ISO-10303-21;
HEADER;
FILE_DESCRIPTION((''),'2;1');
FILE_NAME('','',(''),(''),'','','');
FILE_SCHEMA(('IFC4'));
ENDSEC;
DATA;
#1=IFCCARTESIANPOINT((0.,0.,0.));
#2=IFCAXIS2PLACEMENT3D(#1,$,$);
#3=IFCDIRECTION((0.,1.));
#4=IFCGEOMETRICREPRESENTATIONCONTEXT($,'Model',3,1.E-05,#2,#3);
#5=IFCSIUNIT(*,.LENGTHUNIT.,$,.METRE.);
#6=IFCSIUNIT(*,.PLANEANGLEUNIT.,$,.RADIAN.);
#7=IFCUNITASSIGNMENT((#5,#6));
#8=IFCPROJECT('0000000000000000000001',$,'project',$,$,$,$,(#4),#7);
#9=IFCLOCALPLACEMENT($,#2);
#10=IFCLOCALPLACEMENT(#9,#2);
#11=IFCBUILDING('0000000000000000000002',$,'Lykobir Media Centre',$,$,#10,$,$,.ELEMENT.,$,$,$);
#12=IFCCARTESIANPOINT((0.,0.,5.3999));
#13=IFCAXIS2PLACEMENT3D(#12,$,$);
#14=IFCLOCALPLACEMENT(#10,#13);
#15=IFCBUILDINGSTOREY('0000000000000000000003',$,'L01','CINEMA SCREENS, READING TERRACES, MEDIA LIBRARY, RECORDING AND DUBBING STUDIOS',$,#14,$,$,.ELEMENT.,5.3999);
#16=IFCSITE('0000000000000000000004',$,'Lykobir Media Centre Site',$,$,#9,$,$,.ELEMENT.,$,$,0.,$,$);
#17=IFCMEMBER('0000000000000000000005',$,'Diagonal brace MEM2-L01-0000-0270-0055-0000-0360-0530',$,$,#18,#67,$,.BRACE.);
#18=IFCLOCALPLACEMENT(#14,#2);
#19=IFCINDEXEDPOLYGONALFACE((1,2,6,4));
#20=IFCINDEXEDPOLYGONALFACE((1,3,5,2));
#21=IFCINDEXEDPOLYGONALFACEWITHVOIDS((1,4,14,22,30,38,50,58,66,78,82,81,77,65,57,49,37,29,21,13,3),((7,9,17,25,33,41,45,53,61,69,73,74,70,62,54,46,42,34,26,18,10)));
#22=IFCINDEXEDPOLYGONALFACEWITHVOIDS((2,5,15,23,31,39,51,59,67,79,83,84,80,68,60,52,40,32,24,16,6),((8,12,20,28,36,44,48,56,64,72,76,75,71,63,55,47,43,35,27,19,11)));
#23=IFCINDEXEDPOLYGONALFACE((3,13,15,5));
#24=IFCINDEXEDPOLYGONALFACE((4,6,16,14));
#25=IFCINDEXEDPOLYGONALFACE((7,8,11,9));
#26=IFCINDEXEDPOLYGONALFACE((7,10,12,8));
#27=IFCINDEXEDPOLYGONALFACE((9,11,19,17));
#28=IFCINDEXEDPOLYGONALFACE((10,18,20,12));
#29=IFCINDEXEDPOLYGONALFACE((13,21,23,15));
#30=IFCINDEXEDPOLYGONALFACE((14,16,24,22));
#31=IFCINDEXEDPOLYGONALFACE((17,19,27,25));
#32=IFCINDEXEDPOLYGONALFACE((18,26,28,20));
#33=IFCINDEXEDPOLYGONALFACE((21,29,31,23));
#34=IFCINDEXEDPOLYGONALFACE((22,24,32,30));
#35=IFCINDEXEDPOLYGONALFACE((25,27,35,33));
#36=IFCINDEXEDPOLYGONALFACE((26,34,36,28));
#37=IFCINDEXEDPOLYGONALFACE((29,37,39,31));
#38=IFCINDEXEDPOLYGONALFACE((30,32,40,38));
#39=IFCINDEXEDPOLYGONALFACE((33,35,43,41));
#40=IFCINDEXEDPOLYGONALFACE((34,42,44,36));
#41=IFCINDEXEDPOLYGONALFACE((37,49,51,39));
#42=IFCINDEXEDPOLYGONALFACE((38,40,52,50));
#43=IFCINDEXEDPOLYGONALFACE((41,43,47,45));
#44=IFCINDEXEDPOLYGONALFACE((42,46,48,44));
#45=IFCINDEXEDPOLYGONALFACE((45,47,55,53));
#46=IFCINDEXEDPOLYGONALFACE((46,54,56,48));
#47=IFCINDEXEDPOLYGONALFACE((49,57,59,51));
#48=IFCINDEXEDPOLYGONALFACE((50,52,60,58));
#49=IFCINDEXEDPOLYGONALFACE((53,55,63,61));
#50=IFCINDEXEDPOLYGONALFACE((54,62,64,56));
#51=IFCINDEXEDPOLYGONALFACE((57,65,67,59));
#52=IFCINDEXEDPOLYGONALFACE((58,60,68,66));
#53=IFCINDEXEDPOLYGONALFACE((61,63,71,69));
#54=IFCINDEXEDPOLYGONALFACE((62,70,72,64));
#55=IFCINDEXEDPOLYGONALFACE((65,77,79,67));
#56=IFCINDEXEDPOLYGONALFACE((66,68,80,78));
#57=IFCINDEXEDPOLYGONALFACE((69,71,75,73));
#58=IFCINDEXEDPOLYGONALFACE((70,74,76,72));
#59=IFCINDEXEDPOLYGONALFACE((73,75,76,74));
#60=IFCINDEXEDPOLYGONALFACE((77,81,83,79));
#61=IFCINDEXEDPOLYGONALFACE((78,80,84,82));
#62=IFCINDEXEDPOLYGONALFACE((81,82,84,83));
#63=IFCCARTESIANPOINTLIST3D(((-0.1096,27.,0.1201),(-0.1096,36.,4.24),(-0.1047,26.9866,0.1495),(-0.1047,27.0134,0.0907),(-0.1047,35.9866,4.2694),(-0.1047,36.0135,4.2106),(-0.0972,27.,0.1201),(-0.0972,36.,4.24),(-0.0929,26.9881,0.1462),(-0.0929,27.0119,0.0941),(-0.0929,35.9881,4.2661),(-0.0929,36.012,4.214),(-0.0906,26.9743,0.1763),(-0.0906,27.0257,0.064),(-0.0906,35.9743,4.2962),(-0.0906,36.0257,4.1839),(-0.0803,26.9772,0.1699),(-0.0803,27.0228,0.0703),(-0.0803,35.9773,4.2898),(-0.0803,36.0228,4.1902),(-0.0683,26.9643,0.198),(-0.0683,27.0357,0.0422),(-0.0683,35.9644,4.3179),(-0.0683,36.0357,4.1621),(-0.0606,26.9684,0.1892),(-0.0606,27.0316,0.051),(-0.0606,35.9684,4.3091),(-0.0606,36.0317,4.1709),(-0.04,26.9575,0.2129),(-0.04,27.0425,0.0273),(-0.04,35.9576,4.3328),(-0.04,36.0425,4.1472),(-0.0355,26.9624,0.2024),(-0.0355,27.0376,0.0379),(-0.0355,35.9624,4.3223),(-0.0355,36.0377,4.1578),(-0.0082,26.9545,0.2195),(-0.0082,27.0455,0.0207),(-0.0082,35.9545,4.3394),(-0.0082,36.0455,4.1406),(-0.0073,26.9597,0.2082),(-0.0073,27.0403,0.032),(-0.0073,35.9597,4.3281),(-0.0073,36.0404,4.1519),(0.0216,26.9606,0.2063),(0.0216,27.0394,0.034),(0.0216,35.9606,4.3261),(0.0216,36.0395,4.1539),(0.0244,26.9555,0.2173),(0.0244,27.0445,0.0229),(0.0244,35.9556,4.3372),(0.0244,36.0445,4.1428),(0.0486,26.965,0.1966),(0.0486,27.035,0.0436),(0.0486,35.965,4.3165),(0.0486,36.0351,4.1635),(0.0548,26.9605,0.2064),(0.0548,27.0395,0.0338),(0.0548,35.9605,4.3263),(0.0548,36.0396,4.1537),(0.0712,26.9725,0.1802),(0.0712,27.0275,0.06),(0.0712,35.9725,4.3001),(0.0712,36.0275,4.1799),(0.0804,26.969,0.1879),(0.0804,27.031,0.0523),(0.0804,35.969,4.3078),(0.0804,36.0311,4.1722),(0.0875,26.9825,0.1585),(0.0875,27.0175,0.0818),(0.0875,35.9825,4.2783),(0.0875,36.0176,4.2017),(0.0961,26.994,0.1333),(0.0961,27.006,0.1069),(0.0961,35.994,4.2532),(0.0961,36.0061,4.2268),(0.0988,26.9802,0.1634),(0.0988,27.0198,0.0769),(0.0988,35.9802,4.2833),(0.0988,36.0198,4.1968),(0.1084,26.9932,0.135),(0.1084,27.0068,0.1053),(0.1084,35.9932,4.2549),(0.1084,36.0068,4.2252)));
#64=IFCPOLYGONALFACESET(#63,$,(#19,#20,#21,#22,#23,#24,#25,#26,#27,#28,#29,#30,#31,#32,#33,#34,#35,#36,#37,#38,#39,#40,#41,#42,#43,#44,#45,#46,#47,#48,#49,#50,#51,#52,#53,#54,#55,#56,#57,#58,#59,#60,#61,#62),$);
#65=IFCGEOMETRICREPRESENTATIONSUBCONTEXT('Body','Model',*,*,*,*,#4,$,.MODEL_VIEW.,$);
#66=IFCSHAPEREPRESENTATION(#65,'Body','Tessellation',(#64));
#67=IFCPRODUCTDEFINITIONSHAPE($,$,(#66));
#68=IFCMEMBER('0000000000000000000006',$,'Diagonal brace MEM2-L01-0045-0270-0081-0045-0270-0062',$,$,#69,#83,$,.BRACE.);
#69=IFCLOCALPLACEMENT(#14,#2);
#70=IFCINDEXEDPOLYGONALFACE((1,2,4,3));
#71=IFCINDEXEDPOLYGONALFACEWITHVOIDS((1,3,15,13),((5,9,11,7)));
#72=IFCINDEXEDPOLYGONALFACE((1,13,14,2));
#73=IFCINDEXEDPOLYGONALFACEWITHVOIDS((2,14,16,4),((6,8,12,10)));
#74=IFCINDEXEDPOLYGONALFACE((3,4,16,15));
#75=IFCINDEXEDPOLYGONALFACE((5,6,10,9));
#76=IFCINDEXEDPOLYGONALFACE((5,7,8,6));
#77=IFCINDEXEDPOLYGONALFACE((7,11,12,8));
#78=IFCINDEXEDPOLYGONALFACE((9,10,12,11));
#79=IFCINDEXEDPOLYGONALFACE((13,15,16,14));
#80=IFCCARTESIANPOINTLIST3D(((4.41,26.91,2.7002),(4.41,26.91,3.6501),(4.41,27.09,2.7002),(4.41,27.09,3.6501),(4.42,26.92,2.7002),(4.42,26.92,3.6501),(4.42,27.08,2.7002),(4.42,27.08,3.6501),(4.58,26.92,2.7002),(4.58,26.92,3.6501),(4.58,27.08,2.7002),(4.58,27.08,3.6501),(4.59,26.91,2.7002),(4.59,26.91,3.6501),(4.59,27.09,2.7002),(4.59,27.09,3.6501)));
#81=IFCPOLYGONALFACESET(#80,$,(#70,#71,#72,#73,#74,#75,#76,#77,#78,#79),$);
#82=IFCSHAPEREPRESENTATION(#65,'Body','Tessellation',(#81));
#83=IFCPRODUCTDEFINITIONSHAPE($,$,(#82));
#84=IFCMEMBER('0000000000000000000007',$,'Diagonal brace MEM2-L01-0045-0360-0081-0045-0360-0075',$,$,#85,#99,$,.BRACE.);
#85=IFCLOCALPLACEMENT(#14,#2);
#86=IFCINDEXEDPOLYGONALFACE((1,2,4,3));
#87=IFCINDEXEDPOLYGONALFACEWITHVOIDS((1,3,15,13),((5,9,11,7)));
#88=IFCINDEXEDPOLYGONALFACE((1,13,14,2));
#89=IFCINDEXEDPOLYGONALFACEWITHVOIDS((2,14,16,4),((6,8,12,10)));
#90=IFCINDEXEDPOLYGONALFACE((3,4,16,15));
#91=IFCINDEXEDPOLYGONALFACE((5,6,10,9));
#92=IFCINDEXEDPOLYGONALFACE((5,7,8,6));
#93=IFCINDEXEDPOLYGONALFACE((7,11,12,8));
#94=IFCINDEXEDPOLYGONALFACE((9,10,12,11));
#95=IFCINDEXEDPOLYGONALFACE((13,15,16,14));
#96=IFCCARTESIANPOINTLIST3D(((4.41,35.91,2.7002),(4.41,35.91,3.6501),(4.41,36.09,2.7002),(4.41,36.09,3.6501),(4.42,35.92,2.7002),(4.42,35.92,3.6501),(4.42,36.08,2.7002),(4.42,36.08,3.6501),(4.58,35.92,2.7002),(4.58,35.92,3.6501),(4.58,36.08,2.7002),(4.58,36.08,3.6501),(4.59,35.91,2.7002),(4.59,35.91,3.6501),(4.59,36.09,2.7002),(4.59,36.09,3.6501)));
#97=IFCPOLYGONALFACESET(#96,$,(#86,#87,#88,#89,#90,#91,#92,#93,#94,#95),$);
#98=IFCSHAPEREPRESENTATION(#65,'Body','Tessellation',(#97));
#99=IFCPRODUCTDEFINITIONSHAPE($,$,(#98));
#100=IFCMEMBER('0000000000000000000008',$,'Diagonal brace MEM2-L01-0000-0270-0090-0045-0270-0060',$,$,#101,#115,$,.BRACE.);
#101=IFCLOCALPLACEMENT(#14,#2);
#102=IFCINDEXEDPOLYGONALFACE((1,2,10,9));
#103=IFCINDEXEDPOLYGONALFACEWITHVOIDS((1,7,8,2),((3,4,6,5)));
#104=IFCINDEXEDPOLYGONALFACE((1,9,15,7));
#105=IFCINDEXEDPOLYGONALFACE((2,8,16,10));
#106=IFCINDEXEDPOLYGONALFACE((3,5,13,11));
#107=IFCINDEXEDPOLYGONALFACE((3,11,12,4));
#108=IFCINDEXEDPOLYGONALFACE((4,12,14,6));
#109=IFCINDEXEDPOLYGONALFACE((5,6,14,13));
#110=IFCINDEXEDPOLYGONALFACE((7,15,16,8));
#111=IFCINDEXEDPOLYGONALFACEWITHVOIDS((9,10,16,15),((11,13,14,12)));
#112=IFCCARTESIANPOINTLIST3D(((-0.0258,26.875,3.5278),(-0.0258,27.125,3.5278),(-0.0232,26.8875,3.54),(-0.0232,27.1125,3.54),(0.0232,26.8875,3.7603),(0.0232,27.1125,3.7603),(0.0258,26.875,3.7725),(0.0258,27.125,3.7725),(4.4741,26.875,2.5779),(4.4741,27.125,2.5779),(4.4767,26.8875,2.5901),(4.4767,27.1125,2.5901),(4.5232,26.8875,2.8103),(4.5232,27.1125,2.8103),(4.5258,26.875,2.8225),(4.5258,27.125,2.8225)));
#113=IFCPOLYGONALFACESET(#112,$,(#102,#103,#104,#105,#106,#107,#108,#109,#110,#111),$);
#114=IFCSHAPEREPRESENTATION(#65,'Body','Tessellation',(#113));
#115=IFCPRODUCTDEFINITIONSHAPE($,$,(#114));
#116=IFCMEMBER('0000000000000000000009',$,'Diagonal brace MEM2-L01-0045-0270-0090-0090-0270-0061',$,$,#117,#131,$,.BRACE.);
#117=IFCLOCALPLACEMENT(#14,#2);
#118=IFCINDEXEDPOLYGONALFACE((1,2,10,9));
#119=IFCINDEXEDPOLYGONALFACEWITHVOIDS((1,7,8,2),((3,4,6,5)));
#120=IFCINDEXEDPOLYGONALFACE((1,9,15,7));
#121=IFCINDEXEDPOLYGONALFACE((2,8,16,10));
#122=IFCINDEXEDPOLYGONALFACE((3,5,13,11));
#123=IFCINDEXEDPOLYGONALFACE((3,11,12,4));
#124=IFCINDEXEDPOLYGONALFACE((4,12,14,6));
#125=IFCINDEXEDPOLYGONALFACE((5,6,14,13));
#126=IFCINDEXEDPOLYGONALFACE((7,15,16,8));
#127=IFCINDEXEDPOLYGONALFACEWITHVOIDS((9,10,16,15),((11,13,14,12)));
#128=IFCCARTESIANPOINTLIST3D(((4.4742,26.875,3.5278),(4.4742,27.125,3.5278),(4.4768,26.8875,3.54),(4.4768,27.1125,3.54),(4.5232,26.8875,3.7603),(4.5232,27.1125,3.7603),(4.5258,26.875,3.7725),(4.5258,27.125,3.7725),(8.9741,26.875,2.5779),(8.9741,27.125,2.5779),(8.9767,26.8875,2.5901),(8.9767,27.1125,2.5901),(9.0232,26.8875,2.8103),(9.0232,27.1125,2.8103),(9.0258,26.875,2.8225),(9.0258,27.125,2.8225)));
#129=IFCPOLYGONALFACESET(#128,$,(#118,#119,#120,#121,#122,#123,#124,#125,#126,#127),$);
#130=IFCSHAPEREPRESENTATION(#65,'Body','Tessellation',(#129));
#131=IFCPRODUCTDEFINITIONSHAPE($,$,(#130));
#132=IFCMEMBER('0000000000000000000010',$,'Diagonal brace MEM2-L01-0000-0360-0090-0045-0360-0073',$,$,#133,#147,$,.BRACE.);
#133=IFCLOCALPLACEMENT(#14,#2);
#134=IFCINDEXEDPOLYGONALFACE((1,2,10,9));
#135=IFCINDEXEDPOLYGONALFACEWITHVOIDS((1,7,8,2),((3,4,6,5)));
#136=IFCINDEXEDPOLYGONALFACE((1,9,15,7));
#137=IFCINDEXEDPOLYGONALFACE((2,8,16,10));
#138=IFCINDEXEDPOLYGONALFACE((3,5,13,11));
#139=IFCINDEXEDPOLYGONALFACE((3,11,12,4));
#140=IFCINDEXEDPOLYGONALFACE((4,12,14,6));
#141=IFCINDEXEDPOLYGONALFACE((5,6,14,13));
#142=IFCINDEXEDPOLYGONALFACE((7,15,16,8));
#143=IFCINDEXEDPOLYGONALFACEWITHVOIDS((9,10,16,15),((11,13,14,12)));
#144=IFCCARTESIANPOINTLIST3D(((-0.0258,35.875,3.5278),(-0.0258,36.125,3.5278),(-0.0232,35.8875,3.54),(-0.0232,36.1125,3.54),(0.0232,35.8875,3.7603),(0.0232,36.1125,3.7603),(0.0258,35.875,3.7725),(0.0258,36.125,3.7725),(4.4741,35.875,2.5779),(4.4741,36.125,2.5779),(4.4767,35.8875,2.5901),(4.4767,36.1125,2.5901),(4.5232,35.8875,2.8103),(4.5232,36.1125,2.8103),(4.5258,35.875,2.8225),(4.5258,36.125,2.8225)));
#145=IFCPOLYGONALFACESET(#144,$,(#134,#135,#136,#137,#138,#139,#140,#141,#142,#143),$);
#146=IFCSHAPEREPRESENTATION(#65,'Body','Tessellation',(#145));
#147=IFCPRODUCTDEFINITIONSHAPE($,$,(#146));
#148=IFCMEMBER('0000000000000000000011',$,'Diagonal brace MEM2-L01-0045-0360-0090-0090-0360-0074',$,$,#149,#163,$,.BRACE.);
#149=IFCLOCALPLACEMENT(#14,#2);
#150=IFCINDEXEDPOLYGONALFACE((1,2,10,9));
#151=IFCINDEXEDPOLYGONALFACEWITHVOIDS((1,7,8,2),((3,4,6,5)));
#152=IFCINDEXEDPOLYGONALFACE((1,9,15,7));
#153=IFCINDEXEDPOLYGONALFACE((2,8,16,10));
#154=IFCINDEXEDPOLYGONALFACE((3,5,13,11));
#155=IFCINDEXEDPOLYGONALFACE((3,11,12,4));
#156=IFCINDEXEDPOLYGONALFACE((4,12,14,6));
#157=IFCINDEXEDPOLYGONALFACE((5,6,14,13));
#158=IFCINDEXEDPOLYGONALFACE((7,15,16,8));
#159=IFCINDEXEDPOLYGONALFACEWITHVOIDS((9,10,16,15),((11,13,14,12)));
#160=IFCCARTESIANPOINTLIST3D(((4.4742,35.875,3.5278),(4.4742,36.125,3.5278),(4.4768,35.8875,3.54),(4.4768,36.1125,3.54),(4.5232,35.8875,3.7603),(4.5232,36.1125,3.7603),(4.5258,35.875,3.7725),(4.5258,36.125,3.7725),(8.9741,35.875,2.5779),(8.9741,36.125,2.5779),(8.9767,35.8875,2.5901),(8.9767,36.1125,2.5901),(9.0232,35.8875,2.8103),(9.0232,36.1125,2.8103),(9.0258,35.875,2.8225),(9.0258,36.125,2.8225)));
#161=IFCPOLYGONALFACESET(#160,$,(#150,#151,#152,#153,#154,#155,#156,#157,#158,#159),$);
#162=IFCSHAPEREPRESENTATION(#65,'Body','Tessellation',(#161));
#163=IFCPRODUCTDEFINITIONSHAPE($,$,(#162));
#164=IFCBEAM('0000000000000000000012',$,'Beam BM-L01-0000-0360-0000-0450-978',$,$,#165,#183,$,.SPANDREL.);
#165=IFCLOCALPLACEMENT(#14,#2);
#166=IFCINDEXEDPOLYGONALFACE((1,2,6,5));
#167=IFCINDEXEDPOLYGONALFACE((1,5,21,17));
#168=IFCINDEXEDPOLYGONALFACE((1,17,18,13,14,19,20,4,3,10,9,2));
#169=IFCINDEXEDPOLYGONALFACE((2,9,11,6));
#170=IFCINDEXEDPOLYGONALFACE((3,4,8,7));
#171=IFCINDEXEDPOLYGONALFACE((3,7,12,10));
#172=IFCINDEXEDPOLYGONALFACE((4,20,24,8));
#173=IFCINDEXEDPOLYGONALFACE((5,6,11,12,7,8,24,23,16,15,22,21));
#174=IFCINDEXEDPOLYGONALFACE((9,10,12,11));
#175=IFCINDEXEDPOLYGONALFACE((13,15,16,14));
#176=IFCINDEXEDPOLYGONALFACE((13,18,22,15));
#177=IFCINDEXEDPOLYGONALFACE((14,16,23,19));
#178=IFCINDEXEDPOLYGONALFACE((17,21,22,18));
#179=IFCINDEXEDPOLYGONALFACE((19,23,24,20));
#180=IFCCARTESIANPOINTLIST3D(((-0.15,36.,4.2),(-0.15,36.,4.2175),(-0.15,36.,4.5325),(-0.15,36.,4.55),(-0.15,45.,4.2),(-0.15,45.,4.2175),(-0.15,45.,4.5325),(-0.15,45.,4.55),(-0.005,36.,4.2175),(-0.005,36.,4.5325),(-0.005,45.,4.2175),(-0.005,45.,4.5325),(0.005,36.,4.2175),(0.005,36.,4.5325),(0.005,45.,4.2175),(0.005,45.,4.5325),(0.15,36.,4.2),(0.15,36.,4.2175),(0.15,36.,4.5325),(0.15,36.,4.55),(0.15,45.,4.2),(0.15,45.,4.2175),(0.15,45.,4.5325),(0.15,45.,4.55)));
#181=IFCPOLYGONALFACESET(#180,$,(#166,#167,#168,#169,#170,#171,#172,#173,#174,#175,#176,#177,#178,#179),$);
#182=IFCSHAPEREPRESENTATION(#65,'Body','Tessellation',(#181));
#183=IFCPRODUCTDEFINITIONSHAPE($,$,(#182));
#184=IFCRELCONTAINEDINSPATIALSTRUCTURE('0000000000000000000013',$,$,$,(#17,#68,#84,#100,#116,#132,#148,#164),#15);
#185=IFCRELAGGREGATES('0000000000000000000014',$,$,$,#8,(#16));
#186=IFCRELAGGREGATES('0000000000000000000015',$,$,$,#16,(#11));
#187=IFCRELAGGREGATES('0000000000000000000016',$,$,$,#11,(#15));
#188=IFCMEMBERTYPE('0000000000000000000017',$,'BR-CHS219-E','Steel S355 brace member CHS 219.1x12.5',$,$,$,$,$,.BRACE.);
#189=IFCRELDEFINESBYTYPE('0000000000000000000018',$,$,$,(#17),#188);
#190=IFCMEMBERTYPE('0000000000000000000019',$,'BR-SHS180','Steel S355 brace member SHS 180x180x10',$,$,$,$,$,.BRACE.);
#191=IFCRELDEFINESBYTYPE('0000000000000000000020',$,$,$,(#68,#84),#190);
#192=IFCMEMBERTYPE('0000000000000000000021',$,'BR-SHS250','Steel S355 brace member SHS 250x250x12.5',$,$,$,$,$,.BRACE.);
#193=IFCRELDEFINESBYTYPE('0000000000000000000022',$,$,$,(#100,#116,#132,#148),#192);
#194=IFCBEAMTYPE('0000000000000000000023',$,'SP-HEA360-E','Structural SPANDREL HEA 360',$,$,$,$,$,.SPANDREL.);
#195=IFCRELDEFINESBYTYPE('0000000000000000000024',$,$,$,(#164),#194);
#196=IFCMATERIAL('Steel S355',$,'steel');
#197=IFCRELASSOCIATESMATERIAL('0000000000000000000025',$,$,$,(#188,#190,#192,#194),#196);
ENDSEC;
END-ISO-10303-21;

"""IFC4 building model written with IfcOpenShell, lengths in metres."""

from ifc_helpers import new_model, si_unit, direction, frame, origin, origin_2d, place, context, subcontext, project, spatial, hollow_rectangle, hollow_circle, i_section, extrude, material, material_profile, profile_set, type_object, element, save


model = new_model("IFC4")

# Units and contexts
model_context = context("Model", 3, precision=1e-05, world=origin(), true_north=direction((0.0, 1.0)))
body_context = subcontext(model_context, "Body", "Model", "MODEL_VIEW")
ifc_project = project(units=[si_unit("LENGTHUNIT", "METRE"), si_unit("PLANEANGLEUNIT", "RADIAN")], contexts=[model_context])

# Site, building, storey
site_placement = place(None, origin())
site = spatial("IfcSite", under=ifc_project, at=site_placement, Name="Lykobir Media Centre Site", CompositionType="ELEMENT", RefElevation=0.0)
building_placement = place(site_placement, origin())
building = spatial("IfcBuilding", under=site, at=building_placement, Name="Lykobir Media Centre", CompositionType="ELEMENT")
storey_placement = place(building_placement, frame((0.0, 0.0, 5.3999)))
storey = spatial("IfcBuildingStorey", under=building, at=storey_placement, Name="L01", Description="CINEMA SCREENS, READING TERRACES, MEDIA LIBRARY, RECORDING AND DUBBING STUDIOS", CompositionType="ELEMENT", Elevation=5.3999)

# Shared definitions
ifc_material_1 = material(Name="Steel S355", Category="steel")

# Members
ifc_material_profile_1 = material_profile(ifc_material_1, hollow_circle(Radius=0.1096, WallThickness=0.0125, at=origin_2d()), Name="CHS 219.1x12.5")
ifc_profile_set_1 = profile_set([ifc_material_profile_1], Name="Steel S355")
member_type_1 = type_object("IfcMemberType", Name="BR-CHS219-E", Description="Steel S355 brace member CHS 219.1x12.5", PredefinedType="BRACE", material=ifc_profile_set_1)
member_1_placement = place(storey_placement, frame((0.0, 27.0, 0.1201), z_axis=(0.0, 0.909261, 0.416227), x_axis=(-1.0, 0.0, 0.0)))
element("IfcMember", 1, at=member_1_placement, inside=storey, type_object=member_type_1, Name="Diagonal brace MEM2-L01-0000-0270-0055-0000-0360-0530", PredefinedType="BRACE", context=body_context, shape_type="SweptSolid", body=[
    extrude(hollow_circle(Radius=0.1096, WallThickness=0.0125, at=origin_2d()), origin(), (0.0, 0.0, 1.0), 9.8982),
])
ifc_material_profile_2 = material_profile(ifc_material_1, hollow_rectangle(XDim=0.1799, YDim=0.1799, WallThickness=0.01, at=origin_2d()), Name="SHS 180x180x10")
ifc_profile_set_2 = profile_set([ifc_material_profile_2], Name="Steel S355")
member_type_2 = type_object("IfcMemberType", Name="BR-SHS180", Description="Steel S355 brace member SHS 180x180x10", PredefinedType="BRACE", material=ifc_profile_set_2)
for number, where, z_axis, x_axis, name in (
    (2, (4.5, 27.0, 2.7002), (0.0, 0.0, 1.0), (1.0, 0.0, 0.0), "Diagonal brace MEM2-L01-0045-0270-0081-0045-0270-0062"),
    (3, (4.5, 36.0, 2.7002), (0.0, 0.0, 1.0), (1.0, 0.0, 0.0), "Diagonal brace MEM2-L01-0045-0360-0081-0045-0360-0075"),
):
    element("IfcMember", number, at=place(storey_placement, frame(where, z_axis=z_axis, x_axis=x_axis)), inside=storey, type_object=member_type_2, Name=name, PredefinedType="BRACE", context=body_context, shape_type="SweptSolid", body=[
        extrude(hollow_rectangle(XDim=0.1799, YDim=0.1799, WallThickness=0.01, at=origin_2d()), origin(), (0.0, 0.0, 1.0), 0.95),
    ])
ifc_material_profile_3 = material_profile(ifc_material_1, hollow_rectangle(XDim=0.25, YDim=0.25, WallThickness=0.0125, at=origin_2d()), Name="SHS 250x250x12.5")
ifc_profile_set_3 = profile_set([ifc_material_profile_3], Name="Steel S355")
member_type_3 = type_object("IfcMemberType", Name="BR-SHS250", Description="Steel S355 brace member SHS 250x250x12.5", PredefinedType="BRACE", material=ifc_profile_set_3)
for number, where, z_axis, x_axis, name in (
    (4, (0.0, 27.0, 3.6501), (0.978436, 0.0, -0.206548), (0.0, 1.0, 0.0), "Diagonal brace MEM2-L01-0000-0270-0090-0045-0270-0060"),
    (5, (4.5, 27.0, 3.6501), (0.978436, 0.0, -0.206548), (0.0, 1.0, 0.0), "Diagonal brace MEM2-L01-0045-0270-0090-0090-0270-0061"),
    (6, (0.0, 36.0, 3.6501), (0.978436, 0.0, -0.206548), (0.0, 1.0, 0.0), "Diagonal brace MEM2-L01-0000-0360-0090-0045-0360-0073"),
    (7, (4.5, 36.0, 3.6501), (0.978436, 0.0, -0.206548), (0.0, 1.0, 0.0), "Diagonal brace MEM2-L01-0045-0360-0090-0090-0360-0074"),
):
    element("IfcMember", number, at=place(storey_placement, frame(where, z_axis=z_axis, x_axis=x_axis)), inside=storey, type_object=member_type_3, Name=name, PredefinedType="BRACE", context=body_context, shape_type="SweptSolid", body=[
        extrude(hollow_rectangle(XDim=0.25, YDim=0.25, WallThickness=0.0125, at=origin_2d()), origin(), (0.0, 0.0, 1.0), 4.5991),
    ])

# Beam
ifc_material_profile_4 = material_profile(ifc_material_1, i_section(OverallWidth=0.3, OverallDepth=0.3501, WebThickness=0.01, FlangeThickness=0.0176, at=origin_2d()), Name="HEA 360")
ifc_profile_set_4 = profile_set([ifc_material_profile_4], Name="Steel S355")
beam_type_1 = type_object("IfcBeamType", Name="SP-HEA360-E", Description="Structural SPANDREL HEA 360", PredefinedType="SPANDREL", material=ifc_profile_set_4)
beam_1_placement = place(storey_placement, frame((0.0, 36.0, 4.375), z_axis=(0.0, 1.0, 0.0), x_axis=(-1.0, 0.0, 0.0)))
element("IfcBeam", 8, at=beam_1_placement, inside=storey, type_object=beam_type_1, Name="Beam BM-L01-0000-0360-0000-0450-978", PredefinedType="SPANDREL", context=body_context, shape_type="SweptSolid", body=[
    extrude(i_section(OverallWidth=0.3, OverallDepth=0.3501, WebThickness=0.01, FlangeThickness=0.0176, at=origin_2d()), origin(), (0.0, 0.0, 1.0), 9.0),
])

save(model, "model.ifc")
